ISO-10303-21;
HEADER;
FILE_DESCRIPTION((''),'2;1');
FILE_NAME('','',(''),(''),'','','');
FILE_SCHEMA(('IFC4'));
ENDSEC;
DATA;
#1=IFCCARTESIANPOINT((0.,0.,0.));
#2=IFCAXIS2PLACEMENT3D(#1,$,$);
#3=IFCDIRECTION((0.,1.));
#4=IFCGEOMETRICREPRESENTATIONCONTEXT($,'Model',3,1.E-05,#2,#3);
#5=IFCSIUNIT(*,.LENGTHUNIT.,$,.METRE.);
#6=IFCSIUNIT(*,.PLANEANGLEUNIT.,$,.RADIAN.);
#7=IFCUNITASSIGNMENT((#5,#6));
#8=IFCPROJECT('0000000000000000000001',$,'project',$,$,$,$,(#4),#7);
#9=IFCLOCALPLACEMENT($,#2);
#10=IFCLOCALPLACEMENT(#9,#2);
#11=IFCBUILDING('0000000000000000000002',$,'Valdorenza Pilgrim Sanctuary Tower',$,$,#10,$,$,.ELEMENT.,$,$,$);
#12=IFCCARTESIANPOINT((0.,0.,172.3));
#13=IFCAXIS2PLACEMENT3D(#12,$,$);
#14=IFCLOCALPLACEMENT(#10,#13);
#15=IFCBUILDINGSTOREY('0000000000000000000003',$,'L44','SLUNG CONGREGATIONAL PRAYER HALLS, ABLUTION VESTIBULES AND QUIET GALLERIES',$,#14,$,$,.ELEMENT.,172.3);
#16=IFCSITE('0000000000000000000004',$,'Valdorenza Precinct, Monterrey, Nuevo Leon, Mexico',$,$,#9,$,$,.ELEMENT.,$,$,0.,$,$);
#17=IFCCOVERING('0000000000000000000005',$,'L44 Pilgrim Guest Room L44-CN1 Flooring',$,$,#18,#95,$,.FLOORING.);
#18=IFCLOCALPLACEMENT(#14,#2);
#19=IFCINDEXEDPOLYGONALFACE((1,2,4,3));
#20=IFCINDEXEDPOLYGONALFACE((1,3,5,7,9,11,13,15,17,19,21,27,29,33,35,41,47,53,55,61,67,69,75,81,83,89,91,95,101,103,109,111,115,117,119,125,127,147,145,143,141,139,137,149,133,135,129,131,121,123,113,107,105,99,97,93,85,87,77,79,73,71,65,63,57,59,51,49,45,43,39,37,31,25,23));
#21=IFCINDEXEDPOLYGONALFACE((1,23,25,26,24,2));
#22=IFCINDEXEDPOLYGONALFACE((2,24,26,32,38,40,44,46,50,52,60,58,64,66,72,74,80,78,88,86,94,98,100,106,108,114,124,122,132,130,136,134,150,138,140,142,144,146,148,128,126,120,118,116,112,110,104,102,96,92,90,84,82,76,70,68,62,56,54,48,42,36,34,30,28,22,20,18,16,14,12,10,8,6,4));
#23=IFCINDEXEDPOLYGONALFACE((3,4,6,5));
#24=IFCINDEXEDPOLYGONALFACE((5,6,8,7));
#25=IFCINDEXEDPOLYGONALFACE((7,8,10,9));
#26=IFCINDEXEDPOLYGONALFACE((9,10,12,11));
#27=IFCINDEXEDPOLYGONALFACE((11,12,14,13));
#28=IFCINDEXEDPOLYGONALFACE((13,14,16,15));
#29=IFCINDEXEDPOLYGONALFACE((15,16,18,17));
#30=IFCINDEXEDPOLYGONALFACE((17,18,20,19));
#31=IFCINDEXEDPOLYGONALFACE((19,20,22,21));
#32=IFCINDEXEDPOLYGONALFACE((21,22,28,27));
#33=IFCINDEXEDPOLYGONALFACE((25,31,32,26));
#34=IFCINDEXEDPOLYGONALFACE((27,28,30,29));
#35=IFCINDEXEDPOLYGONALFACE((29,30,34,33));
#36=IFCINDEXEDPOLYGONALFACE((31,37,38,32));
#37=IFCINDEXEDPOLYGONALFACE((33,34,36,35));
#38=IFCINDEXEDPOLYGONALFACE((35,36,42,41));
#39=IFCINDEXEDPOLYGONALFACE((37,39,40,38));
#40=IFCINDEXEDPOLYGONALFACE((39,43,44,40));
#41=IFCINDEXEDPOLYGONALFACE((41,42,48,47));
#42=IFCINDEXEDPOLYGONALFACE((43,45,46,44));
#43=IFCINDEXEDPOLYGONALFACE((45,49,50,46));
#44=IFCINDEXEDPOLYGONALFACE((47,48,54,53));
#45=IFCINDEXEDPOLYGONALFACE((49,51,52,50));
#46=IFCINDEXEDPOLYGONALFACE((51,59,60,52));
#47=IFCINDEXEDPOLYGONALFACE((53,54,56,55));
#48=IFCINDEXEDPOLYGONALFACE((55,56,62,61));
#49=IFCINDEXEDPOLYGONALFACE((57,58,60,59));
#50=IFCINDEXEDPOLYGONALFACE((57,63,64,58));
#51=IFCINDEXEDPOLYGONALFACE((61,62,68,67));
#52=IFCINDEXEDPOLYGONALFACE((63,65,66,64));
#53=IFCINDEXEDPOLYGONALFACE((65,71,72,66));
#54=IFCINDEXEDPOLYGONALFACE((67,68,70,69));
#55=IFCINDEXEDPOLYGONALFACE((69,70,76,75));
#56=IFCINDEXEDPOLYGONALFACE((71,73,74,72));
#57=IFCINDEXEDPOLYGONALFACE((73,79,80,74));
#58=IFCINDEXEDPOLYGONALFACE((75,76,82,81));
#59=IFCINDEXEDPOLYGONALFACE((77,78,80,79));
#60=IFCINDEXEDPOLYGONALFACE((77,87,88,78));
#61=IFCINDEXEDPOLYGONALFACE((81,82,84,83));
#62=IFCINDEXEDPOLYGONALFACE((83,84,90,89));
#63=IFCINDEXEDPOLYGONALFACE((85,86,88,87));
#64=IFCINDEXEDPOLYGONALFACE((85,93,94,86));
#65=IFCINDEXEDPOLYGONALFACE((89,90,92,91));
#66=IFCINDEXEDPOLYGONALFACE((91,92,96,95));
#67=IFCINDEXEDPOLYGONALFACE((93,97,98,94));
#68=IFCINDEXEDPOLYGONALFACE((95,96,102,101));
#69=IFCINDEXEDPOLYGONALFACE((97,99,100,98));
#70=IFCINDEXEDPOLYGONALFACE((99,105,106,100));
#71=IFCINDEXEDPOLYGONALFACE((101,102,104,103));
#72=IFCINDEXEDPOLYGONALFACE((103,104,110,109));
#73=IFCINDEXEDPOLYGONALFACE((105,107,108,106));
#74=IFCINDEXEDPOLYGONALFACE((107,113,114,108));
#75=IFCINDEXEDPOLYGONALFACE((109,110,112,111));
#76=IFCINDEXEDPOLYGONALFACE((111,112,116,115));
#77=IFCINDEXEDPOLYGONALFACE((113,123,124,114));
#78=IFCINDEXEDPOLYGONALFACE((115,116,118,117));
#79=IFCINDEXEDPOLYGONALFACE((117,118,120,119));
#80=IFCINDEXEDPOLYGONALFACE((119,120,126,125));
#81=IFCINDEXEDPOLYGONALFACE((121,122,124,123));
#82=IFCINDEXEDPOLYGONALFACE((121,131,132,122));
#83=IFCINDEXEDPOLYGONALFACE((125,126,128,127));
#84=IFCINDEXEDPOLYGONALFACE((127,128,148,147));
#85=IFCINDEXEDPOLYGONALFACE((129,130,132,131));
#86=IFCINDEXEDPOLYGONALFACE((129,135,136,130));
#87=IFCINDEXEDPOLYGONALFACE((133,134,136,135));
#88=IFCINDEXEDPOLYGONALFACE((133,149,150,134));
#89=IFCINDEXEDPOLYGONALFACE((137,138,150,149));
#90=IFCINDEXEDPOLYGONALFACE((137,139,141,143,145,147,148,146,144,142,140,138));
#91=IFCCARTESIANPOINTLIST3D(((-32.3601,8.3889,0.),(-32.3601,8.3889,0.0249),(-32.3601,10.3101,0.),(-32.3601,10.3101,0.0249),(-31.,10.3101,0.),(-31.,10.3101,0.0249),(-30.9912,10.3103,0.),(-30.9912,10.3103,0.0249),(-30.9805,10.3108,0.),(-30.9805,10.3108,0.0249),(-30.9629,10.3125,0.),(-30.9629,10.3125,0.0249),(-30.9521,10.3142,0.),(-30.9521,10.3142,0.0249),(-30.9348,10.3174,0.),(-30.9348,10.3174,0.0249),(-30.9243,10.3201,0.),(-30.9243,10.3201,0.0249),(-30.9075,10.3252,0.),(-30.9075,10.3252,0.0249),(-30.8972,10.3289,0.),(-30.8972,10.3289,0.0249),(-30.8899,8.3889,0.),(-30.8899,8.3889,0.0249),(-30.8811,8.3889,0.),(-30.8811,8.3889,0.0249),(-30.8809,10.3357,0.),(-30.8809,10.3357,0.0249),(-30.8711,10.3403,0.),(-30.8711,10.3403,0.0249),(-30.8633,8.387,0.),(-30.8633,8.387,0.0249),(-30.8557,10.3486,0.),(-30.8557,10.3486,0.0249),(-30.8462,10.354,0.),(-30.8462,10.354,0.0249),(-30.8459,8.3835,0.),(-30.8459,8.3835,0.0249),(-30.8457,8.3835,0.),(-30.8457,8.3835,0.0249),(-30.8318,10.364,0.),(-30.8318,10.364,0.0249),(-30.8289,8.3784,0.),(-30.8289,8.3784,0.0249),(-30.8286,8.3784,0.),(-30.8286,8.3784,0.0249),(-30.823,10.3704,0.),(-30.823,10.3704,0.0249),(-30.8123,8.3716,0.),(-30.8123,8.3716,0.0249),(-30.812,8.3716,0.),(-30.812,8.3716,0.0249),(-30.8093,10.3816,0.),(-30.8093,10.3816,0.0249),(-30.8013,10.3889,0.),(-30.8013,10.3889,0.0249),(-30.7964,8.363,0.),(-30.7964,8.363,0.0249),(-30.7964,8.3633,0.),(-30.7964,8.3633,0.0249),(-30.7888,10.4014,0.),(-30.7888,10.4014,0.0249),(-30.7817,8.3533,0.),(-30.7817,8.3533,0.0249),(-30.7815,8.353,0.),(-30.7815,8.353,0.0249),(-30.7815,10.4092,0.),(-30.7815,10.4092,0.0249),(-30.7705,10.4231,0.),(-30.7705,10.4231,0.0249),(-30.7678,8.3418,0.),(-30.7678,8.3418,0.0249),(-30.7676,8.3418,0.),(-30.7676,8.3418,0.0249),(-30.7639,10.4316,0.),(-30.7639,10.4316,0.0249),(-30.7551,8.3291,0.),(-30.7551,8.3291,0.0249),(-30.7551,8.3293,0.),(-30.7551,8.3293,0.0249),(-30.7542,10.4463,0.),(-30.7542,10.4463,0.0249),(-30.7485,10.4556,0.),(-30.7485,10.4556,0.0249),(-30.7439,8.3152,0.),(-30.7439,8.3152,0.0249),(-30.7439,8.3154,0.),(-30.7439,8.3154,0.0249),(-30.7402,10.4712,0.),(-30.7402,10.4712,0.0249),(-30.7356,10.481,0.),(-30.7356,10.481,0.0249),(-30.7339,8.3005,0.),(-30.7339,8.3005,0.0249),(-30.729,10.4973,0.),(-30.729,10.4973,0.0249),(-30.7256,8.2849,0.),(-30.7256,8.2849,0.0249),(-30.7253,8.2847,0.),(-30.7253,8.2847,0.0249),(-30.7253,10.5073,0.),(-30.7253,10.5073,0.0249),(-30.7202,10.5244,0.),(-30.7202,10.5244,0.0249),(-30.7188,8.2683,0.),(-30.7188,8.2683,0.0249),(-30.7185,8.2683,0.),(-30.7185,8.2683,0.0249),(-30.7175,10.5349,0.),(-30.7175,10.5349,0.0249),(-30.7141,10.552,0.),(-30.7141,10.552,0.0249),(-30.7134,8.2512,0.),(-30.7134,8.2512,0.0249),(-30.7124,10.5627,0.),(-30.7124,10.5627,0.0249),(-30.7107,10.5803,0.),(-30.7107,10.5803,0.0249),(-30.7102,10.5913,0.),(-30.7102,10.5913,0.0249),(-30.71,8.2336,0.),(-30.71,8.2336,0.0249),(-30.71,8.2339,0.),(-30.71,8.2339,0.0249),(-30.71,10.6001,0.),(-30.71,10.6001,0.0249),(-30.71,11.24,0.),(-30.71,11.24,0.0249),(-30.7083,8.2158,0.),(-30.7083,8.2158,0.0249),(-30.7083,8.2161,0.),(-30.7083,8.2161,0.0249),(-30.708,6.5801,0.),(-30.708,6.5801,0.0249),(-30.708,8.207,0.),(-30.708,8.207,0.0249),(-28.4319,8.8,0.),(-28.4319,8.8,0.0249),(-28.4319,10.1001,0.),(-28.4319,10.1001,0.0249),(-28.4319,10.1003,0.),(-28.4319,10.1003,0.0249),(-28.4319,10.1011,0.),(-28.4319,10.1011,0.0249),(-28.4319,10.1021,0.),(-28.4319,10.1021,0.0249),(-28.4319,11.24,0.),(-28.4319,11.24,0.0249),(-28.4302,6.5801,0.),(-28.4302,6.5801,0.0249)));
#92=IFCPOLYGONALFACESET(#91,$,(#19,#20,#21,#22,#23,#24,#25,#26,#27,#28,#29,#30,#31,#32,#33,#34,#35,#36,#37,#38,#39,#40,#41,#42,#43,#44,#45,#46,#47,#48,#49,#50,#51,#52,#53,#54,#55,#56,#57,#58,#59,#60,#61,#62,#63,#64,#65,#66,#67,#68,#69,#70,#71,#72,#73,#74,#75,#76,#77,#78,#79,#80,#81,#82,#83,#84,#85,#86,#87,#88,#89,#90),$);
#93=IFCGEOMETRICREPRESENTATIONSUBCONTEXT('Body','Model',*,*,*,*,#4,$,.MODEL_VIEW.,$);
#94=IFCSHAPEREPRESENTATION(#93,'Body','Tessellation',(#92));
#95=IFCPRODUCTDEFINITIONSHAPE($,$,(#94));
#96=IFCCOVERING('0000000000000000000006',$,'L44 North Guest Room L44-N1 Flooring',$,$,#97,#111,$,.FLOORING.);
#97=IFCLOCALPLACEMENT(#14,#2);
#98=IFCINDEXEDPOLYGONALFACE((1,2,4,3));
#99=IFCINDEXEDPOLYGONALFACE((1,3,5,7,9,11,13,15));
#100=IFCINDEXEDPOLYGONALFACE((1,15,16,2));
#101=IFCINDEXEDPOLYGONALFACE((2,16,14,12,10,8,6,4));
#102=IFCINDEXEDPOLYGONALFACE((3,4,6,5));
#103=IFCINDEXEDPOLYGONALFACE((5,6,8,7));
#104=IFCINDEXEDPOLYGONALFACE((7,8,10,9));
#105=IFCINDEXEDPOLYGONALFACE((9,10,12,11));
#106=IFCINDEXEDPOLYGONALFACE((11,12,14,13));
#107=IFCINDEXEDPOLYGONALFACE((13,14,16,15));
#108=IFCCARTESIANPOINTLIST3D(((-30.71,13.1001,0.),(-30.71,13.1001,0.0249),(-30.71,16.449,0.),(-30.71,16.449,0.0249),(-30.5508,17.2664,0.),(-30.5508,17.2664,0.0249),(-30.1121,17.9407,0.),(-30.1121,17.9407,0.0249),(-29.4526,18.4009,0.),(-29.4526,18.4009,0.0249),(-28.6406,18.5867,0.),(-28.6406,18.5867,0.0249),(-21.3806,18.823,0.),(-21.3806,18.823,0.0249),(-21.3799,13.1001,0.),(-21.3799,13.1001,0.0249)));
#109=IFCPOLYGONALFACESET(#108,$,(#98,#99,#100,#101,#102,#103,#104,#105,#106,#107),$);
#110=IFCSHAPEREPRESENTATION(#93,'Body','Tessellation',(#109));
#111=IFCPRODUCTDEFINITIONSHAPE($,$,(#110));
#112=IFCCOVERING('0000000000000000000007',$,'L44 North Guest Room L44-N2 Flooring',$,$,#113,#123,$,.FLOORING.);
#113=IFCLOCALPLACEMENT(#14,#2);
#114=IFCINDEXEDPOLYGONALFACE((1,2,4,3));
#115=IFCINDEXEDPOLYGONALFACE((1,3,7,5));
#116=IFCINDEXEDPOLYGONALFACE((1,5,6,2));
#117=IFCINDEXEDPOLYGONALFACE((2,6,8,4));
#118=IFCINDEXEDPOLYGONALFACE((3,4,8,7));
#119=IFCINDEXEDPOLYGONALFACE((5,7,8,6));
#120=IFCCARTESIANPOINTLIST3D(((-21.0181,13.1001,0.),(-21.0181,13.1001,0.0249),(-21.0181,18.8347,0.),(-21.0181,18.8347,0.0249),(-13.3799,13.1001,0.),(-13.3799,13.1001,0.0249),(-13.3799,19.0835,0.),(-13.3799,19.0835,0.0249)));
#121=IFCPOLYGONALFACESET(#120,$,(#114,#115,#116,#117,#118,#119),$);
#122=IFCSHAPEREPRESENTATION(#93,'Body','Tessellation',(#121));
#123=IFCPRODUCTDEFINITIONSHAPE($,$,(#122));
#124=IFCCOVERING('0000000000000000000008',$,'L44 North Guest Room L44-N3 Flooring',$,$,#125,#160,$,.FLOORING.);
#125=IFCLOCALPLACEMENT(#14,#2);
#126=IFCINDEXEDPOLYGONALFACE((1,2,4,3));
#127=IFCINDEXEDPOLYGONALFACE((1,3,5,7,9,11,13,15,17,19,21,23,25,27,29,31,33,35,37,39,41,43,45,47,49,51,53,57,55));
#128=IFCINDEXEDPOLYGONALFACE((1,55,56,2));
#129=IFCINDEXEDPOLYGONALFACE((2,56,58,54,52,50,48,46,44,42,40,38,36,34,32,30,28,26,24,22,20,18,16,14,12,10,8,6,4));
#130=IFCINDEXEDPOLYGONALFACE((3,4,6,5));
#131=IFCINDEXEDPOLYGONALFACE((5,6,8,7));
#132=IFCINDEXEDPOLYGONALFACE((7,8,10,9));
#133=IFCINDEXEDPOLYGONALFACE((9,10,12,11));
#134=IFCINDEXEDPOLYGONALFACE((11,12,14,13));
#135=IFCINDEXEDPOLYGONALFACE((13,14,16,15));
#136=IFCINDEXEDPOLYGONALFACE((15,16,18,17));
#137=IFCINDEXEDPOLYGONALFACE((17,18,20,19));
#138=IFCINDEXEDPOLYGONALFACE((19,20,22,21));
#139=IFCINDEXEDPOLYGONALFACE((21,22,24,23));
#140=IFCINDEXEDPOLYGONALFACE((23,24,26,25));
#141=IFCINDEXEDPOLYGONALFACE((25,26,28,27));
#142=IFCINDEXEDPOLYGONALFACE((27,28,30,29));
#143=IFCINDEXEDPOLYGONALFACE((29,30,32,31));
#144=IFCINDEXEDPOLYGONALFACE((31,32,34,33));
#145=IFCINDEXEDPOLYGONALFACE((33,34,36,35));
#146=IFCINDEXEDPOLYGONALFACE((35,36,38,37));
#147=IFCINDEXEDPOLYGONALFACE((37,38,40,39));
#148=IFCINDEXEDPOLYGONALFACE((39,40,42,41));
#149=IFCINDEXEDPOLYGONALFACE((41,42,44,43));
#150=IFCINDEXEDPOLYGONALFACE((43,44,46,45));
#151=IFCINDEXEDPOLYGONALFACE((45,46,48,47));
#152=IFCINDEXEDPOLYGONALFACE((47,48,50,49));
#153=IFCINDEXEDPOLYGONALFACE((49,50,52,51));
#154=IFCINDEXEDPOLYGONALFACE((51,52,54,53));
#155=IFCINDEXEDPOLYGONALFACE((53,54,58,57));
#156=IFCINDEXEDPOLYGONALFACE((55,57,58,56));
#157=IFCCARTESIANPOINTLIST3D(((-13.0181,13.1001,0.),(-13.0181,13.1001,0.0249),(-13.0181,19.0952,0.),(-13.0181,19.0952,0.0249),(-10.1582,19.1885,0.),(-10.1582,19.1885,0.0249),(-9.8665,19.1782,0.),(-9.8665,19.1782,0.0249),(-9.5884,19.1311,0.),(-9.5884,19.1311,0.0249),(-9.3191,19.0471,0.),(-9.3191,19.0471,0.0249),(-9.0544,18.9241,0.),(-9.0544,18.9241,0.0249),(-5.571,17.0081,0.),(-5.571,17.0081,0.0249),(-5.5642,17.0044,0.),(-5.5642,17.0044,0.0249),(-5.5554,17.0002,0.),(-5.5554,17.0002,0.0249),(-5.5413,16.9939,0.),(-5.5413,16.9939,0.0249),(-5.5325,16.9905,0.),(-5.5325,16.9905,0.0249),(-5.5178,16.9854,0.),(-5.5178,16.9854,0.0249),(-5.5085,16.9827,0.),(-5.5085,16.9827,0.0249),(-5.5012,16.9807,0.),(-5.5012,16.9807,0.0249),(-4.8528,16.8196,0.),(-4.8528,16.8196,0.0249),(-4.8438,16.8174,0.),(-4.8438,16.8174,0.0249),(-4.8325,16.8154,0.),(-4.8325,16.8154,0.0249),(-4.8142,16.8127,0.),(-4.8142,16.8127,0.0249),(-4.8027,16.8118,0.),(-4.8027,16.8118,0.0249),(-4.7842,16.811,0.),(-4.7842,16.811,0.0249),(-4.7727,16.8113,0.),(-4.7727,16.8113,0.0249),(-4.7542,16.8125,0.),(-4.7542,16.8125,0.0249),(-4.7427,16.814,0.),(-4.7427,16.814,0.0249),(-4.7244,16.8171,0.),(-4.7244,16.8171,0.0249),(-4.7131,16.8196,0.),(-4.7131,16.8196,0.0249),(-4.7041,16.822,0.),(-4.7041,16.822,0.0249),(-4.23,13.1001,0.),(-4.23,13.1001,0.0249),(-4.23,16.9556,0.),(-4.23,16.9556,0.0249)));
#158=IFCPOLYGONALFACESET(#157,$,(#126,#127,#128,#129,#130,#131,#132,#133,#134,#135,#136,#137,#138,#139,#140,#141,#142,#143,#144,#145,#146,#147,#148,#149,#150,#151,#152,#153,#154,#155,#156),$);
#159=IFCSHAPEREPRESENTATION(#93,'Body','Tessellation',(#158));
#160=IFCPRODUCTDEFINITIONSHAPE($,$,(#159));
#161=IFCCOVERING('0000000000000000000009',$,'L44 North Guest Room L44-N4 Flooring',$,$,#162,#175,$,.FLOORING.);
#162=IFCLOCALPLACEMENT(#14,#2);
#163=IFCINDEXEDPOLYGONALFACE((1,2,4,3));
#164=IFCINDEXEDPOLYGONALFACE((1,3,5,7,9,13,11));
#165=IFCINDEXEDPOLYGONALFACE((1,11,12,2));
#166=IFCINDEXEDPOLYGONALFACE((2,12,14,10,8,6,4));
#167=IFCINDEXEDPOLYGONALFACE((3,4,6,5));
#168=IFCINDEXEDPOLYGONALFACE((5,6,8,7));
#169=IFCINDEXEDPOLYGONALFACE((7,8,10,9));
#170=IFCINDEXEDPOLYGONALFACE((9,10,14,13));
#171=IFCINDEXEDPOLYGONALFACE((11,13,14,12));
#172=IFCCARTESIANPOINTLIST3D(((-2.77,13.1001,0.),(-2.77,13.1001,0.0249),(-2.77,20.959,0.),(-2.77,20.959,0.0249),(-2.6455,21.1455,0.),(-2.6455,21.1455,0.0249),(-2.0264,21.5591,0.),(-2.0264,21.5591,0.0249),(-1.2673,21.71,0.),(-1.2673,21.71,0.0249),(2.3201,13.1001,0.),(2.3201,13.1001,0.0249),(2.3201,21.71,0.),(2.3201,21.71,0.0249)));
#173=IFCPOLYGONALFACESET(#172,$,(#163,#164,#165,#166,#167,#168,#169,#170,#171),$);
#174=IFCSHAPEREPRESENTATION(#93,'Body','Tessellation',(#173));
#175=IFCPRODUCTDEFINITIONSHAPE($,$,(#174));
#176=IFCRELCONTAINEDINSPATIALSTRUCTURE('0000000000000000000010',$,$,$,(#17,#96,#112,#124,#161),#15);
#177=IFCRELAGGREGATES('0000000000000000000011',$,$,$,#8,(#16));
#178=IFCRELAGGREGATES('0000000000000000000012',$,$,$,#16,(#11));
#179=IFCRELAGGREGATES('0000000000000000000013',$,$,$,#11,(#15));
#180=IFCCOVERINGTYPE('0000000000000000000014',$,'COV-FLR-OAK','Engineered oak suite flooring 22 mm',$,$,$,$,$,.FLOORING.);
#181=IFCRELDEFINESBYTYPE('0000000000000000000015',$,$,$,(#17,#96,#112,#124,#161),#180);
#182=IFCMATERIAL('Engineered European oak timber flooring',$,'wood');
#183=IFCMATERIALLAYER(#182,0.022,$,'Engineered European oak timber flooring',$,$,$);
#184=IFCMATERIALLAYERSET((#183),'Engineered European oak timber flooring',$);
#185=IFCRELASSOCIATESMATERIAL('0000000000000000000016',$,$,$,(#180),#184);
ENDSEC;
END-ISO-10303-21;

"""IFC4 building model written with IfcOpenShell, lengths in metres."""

from ifc_helpers import new_model, si_unit, direction, frame, origin, place, context, subcontext, project, spatial, polyline, outline, extrude, material, layer, layer_set, type_object, element, save


model = new_model("IFC4")

# Units and contexts
model_context = context("Model", 3, precision=1e-05, world=origin(), true_north=direction((0.0, 1.0)))
body_context = subcontext(model_context, "Body", "Model", "MODEL_VIEW")
ifc_project = project(units=[si_unit("LENGTHUNIT", "METRE"), si_unit("PLANEANGLEUNIT", "RADIAN")], contexts=[model_context])

# Site, building, storey
site_placement = place(None, origin())
site = spatial("IfcSite", under=ifc_project, at=site_placement, Name="Valdorenza Precinct, Monterrey, Nuevo Leon, Mexico", CompositionType="ELEMENT", RefElevation=0.0)
building_placement = place(site_placement, origin())
building = spatial("IfcBuilding", under=site, at=building_placement, Name="Valdorenza Pilgrim Sanctuary Tower", CompositionType="ELEMENT")
storey_placement = place(building_placement, frame((0.0, 0.0, 172.3)))
storey = spatial("IfcBuildingStorey", under=building, at=storey_placement, Name="L44", Description="SLUNG CONGREGATIONAL PRAYER HALLS, ABLUTION VESTIBULES AND QUIET GALLERIES", CompositionType="ELEMENT", Elevation=172.3)

# Coverings
ifc_material_1 = material(Name="Engineered European oak timber flooring", Category="wood")
ifc_layer_1 = layer(ifc_material_1, 0.022, Name="Engineered European oak timber flooring")
ifc_layer_set_1 = layer_set([ifc_layer_1], Name="Engineered European oak timber flooring")
covering_type_1 = type_object("IfcCoveringType", Name="COV-FLR-OAK", Description="Engineered oak suite flooring 22 mm", PredefinedType="FLOORING", material=ifc_layer_set_1)
covering_1_placement = place(storey_placement, origin())
element("IfcCovering", 1, at=covering_1_placement, inside=storey, type_object=covering_type_1, Name="L44 Pilgrim Guest Room L44-CN1 Flooring", PredefinedType="FLOORING", context=body_context, shape_type="SweptSolid", body=[
    extrude(outline(polyline([(-28.4319, 11.24), (-28.4319, 10.1021), (-28.4319, 10.1011), (-28.4319, 10.1003), (-28.4319, 10.1001), (-28.4319, 8.8), (-28.4302, 6.5801), (-30.708, 6.5801), (-30.708, 8.207), (-30.7083, 8.2158), (-30.7083, 8.2161), (-30.71, 8.2336), (-30.71, 8.2339), (-30.7134, 8.2512), (-30.7134, 8.2512), (-30.7185, 8.2683), (-30.7188, 8.2683), (-30.7253, 8.2847), (-30.7256, 8.2849), (-30.7339, 8.3005), (-30.7339, 8.3005), (-30.7439, 8.3152), (-30.7439, 8.3154), (-30.7551, 8.3291), (-30.7551, 8.3293), (-30.7676, 8.3418), (-30.7678, 8.3418), (-30.7815, 8.353), (-30.7817, 8.3533), (-30.7964, 8.363), (-30.7964, 8.3633), (-30.812, 8.3716), (-30.8123, 8.3716), (-30.8286, 8.3784), (-30.8289, 8.3784), (-30.8457, 8.3835), (-30.8459, 8.3835), (-30.8633, 8.387), (-30.8633, 8.387), (-30.8811, 8.3889), (-30.8811, 8.3889), (-30.8899, 8.3889), (-32.3601, 8.3889), (-32.3601, 10.3101), (-31.0, 10.3101), (-30.9912, 10.3103), (-30.9805, 10.3108), (-30.9629, 10.3125), (-30.9521, 10.3142), (-30.9348, 10.3174), (-30.9243, 10.3201), (-30.9075, 10.3252), (-30.8972, 10.3289), (-30.8809, 10.3357), (-30.8711, 10.3403), (-30.8557, 10.3486), (-30.8462, 10.354), (-30.8318, 10.364), (-30.823, 10.3704), (-30.8093, 10.3816), (-30.8013, 10.3889), (-30.7888, 10.4014), (-30.7815, 10.4092), (-30.7705, 10.4231), (-30.7639, 10.4316), (-30.7542, 10.4463), (-30.7485, 10.4556), (-30.7402, 10.4712), (-30.7356, 10.481), (-30.729, 10.4973), (-30.7253, 10.5073), (-30.7202, 10.5244), (-30.7175, 10.5349), (-30.7141, 10.552), (-30.7124, 10.5627), (-30.7107, 10.5803), (-30.7102, 10.5913), (-30.71, 10.6001), (-30.71, 11.24), (-28.4319, 11.24)])), origin(), (0.0, 0.0, 1.0), 0.0249),
])
covering_2_placement = place(storey_placement, origin())
element("IfcCovering", 2, at=covering_2_placement, inside=storey, type_object=covering_type_1, Name="L44 North Guest Room L44-N1 Flooring", PredefinedType="FLOORING", context=body_context, shape_type="SweptSolid", body=[
    extrude(outline(polyline([(-30.5508, 17.2664), (-30.1121, 17.9407), (-29.4526, 18.4009), (-28.6406, 18.5867), (-21.3806, 18.823), (-21.3799, 13.1001), (-30.71, 13.1001), (-30.71, 16.449), (-30.5508, 17.2664)])), origin(), (0.0, 0.0, 1.0), 0.0249),
])
covering_3_placement = place(storey_placement, origin())
element("IfcCovering", 3, at=covering_3_placement, inside=storey, type_object=covering_type_1, Name="L44 North Guest Room L44-N2 Flooring", PredefinedType="FLOORING", context=body_context, shape_type="SweptSolid", body=[
    extrude(outline(polyline([(-13.3799, 19.0835), (-13.3799, 13.1001), (-21.0181, 13.1001), (-21.0181, 18.8347), (-13.3799, 19.0835)])), origin(), (0.0, 0.0, 1.0), 0.0249),
])
covering_4_placement = place(storey_placement, origin())
element("IfcCovering", 4, at=covering_4_placement, inside=storey, type_object=covering_type_1, Name="L44 North Guest Room L44-N3 Flooring", PredefinedType="FLOORING", context=body_context, shape_type="SweptSolid", body=[
    extrude(outline(polyline([(-10.1582, 19.1885), (-9.8665, 19.1782), (-9.5884, 19.1311), (-9.3191, 19.0471), (-9.0544, 18.9241), (-5.571, 17.0081), (-5.5642, 17.0044), (-5.5554, 17.0002), (-5.5413, 16.9939), (-5.5325, 16.9905), (-5.5178, 16.9854), (-5.5085, 16.9827), (-5.5012, 16.9807), (-4.8528, 16.8196), (-4.8438, 16.8174), (-4.8325, 16.8154), (-4.8142, 16.8127), (-4.8027, 16.8118), (-4.7842, 16.811), (-4.7727, 16.8113), (-4.7542, 16.8125), (-4.7427, 16.814), (-4.7244, 16.8171), (-4.7131, 16.8196), (-4.7041, 16.822), (-4.23, 16.9556), (-4.23, 13.1001), (-13.0181, 13.1001), (-13.0181, 19.0952), (-10.1582, 19.1885)])), origin(), (0.0, 0.0, 1.0), 0.0249),
])
covering_5_placement = place(storey_placement, origin())
element("IfcCovering", 5, at=covering_5_placement, inside=storey, type_object=covering_type_1, Name="L44 North Guest Room L44-N4 Flooring", PredefinedType="FLOORING", context=body_context, shape_type="SweptSolid", body=[
    extrude(outline(polyline([(-2.6455, 21.1455), (-2.0264, 21.5591), (-1.2673, 21.71), (2.3201, 21.71), (2.3201, 13.1001), (-2.77, 13.1001), (-2.77, 20.959), (-2.6455, 21.1455)])), origin(), (0.0, 0.0, 1.0), 0.0249),
])

save(model, "model.ifc")
